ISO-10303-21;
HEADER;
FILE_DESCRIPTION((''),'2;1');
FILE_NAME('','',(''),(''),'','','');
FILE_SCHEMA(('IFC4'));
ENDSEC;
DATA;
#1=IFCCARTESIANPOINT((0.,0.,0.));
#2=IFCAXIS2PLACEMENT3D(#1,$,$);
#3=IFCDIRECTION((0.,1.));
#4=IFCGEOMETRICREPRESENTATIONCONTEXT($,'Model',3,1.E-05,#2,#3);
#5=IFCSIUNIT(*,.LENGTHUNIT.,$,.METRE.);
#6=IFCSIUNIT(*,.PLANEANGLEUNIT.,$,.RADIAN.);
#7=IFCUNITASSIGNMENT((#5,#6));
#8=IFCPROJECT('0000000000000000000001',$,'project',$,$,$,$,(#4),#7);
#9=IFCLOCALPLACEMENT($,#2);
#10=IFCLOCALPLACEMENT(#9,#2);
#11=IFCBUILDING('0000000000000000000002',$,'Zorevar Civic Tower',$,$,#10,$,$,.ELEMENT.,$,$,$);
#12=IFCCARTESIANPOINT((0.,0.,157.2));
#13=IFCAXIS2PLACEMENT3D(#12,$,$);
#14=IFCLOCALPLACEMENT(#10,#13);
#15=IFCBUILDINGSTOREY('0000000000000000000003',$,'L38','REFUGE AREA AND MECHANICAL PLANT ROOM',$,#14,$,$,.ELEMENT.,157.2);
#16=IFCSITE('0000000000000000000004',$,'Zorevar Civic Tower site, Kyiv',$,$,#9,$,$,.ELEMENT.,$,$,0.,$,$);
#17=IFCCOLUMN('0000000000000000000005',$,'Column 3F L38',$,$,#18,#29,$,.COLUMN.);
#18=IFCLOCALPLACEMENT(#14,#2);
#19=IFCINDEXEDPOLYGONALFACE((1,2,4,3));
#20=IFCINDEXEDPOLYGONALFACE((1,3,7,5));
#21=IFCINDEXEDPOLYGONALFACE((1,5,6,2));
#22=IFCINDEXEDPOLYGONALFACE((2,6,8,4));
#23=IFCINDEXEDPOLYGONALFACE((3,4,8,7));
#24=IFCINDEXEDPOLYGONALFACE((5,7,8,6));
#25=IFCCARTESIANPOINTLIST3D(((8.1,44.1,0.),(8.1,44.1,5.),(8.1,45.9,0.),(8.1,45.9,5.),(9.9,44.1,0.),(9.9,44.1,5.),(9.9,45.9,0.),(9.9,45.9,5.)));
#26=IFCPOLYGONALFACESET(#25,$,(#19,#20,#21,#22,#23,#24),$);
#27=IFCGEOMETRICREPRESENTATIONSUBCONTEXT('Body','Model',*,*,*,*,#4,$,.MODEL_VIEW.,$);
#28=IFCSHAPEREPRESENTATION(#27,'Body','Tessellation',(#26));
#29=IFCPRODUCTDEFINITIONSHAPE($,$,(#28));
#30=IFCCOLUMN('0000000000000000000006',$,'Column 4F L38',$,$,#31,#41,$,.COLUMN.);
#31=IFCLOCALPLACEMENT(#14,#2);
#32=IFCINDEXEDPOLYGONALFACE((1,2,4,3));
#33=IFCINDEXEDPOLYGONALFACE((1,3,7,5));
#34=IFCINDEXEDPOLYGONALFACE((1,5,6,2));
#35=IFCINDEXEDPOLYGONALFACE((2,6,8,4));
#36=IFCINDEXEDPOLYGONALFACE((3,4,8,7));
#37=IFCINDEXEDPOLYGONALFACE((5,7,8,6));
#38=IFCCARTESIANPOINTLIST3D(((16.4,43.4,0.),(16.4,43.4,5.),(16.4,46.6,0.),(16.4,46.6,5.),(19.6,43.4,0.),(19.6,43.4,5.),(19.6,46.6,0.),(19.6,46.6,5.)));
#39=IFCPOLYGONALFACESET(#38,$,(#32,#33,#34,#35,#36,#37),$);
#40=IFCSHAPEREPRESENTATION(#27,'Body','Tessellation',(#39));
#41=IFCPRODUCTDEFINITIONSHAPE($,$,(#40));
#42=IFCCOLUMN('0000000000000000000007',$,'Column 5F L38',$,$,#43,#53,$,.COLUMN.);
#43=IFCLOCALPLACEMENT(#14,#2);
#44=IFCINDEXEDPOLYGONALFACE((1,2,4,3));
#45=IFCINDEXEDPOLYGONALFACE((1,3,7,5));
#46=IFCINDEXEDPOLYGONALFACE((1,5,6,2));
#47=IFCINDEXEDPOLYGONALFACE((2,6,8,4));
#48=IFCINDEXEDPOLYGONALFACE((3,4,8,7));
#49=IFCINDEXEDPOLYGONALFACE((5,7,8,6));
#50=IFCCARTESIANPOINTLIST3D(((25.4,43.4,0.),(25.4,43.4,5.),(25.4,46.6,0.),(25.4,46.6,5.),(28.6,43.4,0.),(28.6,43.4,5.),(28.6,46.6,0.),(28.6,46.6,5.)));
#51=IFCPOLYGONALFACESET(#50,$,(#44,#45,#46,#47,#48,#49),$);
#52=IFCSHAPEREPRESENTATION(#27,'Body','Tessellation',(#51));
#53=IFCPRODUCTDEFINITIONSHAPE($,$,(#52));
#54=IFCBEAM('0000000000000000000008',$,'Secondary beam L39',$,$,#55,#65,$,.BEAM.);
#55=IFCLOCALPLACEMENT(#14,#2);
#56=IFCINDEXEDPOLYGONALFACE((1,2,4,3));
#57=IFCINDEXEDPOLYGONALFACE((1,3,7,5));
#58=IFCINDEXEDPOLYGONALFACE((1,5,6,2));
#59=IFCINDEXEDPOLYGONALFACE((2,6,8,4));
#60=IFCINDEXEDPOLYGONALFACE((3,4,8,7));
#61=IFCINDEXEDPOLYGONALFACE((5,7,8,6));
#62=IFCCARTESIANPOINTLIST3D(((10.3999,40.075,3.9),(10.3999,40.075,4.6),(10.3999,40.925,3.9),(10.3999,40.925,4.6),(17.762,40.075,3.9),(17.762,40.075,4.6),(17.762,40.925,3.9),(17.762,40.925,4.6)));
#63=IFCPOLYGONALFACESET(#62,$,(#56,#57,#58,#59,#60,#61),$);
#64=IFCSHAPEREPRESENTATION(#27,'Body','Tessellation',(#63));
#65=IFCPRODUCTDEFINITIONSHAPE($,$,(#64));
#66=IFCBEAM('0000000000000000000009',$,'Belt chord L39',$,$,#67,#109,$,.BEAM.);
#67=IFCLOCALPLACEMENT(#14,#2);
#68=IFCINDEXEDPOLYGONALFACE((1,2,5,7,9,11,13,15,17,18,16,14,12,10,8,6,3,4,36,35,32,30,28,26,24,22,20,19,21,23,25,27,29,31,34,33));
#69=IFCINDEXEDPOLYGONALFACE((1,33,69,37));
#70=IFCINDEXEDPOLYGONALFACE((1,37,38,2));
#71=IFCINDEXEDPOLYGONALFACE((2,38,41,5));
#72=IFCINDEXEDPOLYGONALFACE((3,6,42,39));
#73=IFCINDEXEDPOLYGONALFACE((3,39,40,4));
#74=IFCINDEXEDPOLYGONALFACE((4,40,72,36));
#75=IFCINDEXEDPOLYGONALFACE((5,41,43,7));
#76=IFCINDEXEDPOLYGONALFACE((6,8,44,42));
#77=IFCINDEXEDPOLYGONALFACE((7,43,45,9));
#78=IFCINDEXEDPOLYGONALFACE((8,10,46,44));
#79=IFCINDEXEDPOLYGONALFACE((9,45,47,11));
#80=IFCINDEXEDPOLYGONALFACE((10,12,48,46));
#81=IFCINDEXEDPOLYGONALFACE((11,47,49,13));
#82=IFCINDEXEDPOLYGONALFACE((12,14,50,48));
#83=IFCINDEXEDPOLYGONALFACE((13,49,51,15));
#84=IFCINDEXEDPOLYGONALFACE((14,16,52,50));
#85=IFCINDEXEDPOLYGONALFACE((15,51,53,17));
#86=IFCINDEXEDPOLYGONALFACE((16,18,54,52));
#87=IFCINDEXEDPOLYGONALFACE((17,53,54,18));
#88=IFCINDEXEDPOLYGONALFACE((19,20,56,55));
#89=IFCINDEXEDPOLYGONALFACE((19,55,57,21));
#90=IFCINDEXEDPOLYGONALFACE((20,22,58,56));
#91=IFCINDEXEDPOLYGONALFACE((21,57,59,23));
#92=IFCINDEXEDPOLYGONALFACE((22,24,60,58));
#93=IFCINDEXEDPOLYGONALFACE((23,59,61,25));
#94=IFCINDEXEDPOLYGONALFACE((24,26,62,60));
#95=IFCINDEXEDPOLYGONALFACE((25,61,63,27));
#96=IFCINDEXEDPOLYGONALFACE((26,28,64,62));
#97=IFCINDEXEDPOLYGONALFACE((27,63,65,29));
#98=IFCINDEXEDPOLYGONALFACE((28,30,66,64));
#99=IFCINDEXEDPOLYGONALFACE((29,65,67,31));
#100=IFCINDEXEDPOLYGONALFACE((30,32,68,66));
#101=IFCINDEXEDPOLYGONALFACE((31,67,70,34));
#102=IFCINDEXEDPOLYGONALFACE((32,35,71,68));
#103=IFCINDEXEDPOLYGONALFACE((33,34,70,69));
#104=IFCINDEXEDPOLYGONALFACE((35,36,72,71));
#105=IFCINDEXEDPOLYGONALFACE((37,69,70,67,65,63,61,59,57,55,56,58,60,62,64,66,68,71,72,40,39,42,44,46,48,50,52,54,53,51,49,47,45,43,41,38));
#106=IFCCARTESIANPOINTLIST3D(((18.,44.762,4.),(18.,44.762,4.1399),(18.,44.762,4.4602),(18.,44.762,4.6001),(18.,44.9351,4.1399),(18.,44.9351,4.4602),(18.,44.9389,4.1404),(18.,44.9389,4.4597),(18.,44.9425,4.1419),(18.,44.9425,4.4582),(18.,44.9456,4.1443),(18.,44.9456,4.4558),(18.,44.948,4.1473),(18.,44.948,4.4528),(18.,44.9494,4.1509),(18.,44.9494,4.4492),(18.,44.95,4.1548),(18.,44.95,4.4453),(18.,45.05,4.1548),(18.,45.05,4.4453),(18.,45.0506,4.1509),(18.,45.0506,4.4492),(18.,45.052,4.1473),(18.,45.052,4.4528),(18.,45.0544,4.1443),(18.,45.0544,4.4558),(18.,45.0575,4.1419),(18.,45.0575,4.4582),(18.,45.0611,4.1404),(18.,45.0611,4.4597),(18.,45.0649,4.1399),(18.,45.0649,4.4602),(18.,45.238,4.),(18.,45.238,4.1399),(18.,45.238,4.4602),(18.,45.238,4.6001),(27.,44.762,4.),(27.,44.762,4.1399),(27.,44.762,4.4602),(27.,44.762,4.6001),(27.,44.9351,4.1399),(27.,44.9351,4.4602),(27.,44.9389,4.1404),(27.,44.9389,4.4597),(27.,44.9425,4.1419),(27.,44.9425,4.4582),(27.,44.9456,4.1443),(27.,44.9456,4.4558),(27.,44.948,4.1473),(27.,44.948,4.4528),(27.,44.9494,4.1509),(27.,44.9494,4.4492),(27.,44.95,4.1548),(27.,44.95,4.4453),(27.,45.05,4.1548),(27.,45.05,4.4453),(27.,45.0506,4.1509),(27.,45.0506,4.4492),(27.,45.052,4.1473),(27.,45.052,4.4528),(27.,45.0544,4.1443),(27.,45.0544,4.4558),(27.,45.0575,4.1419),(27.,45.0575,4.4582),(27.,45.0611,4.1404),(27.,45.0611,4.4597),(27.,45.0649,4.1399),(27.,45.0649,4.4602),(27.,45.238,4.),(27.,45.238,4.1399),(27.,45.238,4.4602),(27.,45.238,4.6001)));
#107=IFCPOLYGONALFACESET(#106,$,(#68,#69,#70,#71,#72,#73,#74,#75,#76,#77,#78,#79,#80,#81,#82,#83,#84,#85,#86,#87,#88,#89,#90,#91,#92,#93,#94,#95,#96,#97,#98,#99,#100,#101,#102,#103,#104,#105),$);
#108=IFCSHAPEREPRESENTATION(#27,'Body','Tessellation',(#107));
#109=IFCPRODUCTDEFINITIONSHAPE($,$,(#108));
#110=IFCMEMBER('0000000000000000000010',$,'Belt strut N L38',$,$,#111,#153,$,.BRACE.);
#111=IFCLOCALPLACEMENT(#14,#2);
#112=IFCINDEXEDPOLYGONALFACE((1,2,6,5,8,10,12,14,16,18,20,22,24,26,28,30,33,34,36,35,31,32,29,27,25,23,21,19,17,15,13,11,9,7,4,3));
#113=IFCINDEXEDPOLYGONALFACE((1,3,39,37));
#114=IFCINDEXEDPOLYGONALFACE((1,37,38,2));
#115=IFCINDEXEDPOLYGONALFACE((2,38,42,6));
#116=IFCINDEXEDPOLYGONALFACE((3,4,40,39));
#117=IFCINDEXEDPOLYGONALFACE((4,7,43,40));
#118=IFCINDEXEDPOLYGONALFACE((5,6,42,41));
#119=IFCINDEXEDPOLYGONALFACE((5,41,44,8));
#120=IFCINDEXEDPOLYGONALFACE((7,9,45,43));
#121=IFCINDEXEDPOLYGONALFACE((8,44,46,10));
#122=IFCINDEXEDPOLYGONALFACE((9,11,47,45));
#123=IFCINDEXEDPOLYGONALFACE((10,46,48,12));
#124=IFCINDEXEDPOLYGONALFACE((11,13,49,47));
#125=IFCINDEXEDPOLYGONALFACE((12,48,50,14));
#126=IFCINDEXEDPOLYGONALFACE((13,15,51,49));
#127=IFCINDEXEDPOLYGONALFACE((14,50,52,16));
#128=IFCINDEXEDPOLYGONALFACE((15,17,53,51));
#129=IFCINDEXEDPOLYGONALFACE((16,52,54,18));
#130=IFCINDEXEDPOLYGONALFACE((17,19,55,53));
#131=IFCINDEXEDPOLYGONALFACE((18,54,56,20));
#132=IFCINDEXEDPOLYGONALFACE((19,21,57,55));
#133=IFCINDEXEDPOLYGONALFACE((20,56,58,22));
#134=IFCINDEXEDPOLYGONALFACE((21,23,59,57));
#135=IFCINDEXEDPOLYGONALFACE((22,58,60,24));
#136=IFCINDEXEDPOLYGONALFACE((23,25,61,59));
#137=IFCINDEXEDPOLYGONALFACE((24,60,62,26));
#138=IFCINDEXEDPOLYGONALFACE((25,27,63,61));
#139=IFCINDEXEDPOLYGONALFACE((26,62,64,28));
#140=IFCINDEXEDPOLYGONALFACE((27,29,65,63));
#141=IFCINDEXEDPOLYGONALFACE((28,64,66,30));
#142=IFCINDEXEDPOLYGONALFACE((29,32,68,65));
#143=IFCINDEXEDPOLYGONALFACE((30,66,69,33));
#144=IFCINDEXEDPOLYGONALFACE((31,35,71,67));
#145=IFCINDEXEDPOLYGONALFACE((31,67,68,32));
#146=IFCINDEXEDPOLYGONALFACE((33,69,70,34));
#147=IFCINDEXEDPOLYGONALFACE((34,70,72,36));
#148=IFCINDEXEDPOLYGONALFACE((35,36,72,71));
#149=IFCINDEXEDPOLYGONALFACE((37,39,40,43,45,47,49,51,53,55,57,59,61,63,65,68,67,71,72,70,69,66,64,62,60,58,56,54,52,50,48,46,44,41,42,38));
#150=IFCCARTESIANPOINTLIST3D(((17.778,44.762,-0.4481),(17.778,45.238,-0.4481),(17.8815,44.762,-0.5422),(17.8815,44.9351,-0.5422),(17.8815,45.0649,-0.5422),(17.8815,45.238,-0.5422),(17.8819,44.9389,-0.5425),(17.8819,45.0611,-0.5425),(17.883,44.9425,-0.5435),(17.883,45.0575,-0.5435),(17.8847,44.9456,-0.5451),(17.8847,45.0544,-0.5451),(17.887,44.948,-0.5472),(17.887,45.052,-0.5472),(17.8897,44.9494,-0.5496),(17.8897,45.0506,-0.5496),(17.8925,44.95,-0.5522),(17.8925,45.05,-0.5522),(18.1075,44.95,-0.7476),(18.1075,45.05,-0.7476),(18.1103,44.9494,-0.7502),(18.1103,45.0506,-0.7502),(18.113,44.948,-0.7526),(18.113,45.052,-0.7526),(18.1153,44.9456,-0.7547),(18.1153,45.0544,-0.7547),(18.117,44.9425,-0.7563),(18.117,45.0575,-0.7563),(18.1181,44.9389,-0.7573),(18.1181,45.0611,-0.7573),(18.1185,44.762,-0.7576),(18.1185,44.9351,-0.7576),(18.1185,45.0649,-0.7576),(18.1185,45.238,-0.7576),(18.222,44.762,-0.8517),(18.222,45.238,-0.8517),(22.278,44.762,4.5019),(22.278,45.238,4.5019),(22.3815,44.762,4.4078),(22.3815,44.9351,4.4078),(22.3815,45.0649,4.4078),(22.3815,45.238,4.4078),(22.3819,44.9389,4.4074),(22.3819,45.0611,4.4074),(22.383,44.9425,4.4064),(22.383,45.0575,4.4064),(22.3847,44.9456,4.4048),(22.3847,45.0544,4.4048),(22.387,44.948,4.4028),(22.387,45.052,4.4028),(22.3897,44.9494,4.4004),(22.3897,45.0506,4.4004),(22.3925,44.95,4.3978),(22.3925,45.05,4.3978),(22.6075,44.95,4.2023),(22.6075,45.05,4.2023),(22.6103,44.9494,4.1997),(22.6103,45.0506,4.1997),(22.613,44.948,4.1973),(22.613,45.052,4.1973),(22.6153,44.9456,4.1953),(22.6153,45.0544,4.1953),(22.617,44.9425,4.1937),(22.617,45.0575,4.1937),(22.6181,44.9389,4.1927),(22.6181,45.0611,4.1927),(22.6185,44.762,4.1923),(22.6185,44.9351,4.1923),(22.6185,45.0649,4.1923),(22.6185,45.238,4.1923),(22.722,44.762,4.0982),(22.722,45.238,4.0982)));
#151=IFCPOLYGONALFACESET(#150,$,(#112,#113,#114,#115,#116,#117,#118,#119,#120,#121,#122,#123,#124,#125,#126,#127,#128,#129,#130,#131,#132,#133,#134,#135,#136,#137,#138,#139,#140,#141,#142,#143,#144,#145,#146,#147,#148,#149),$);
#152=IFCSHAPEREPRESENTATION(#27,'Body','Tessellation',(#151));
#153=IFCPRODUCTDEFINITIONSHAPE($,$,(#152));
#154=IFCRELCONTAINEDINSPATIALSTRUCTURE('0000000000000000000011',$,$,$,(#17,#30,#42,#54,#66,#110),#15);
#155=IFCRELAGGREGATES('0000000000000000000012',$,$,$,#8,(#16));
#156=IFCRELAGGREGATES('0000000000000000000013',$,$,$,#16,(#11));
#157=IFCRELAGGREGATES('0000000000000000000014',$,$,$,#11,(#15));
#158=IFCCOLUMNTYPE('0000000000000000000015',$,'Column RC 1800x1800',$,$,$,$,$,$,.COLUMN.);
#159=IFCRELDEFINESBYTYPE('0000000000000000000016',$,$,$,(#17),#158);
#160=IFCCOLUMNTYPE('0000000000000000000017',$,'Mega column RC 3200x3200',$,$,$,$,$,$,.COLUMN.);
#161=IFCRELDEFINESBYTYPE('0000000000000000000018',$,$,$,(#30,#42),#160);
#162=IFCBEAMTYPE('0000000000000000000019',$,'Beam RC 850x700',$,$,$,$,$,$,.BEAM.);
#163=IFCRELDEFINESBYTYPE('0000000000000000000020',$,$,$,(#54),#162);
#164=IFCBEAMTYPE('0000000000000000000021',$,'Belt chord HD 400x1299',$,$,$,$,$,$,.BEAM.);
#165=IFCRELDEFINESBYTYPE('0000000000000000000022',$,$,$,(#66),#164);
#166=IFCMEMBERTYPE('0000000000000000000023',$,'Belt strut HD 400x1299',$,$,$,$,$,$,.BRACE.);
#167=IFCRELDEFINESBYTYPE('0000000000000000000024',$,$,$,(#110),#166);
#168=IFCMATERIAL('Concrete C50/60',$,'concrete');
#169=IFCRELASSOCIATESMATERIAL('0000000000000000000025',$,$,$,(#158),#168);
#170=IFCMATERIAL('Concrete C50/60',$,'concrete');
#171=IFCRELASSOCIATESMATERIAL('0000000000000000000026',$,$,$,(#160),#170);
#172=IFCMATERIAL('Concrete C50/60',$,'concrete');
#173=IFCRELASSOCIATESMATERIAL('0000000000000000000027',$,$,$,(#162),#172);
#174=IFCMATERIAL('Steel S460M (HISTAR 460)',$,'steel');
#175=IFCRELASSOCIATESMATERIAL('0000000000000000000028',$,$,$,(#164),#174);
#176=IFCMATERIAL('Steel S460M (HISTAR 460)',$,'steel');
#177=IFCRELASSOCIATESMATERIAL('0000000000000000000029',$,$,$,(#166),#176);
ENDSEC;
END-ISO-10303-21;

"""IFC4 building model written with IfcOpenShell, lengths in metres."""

from ifc_helpers import new_model, si_unit, direction, frame, origin, origin_2d, place, context, subcontext, project, spatial, rectangle, i_section, extrude, material, material_profile, profile_set, type_object, element, save


model = new_model("IFC4")

# Units and contexts
model_context = context("Model", 3, precision=1e-05, world=origin(), true_north=direction((0.0, 1.0)))
body_context = subcontext(model_context, "Body", "Model", "MODEL_VIEW")
ifc_project = project(units=[si_unit("LENGTHUNIT", "METRE"), si_unit("PLANEANGLEUNIT", "RADIAN")], contexts=[model_context])

# Site, building, storey
site_placement = place(None, origin())
site = spatial("IfcSite", under=ifc_project, at=site_placement, Name="Zorevar Civic Tower site, Kyiv", CompositionType="ELEMENT", RefElevation=0.0)
building_placement = place(site_placement, origin())
building = spatial("IfcBuilding", under=site, at=building_placement, Name="Zorevar Civic Tower", CompositionType="ELEMENT")
storey_placement = place(building_placement, frame((0.0, 0.0, 157.2)))
storey = spatial("IfcBuildingStorey", under=building, at=storey_placement, Name="L38", Description="REFUGE AREA AND MECHANICAL PLANT ROOM", CompositionType="ELEMENT", Elevation=157.2)

# Columns
ifc_material_1 = material(Name="Concrete C50/60", Category="concrete")
ifc_material_profile_1 = material_profile(ifc_material_1, rectangle(XDim=1.8, YDim=1.8, at=origin_2d()), Name="RC 1800x1800")
ifc_profile_set_1 = profile_set([ifc_material_profile_1], Name="Concrete C50/60")
column_type_1 = type_object("IfcColumnType", Name="Column RC 1800x1800", PredefinedType="COLUMN", material=ifc_profile_set_1)
column_placement = place(storey_placement, frame((9.0, 45.0, 0.0), z_axis=(0.0, 0.0, 1.0), x_axis=(1.0, 0.0, 0.0)))
element("IfcColumn", 1, at=column_placement, inside=storey, type_object=column_type_1, Name="Column 3F L38", PredefinedType="COLUMN", context=body_context, shape_type="SweptSolid", body=[
    extrude(rectangle(XDim=1.8, YDim=1.8, at=origin_2d()), origin(), (0.0, 0.0, 1.0), 5.0),
])
ifc_material_2 = material(Name="Concrete C50/60", Category="concrete")
ifc_material_profile_2 = material_profile(ifc_material_2, rectangle(XDim=3.2, YDim=3.2, at=origin_2d()), Name="RC 3200x3200")
ifc_profile_set_2 = profile_set([ifc_material_profile_2], Name="Concrete C50/60")
column_type_2 = type_object("IfcColumnType", Name="Mega column RC 3200x3200", PredefinedType="COLUMN", material=ifc_profile_set_2)
for number, where, z_axis, x_axis, name in (
    (2, (18.0, 45.0, 0.0), (0.0, 0.0, 1.0), (1.0, 0.0, 0.0), "Column 4F L38"),
    (3, (27.0, 45.0, 0.0), (0.0, 0.0, 1.0), (1.0, 0.0, 0.0), "Column 5F L38"),
):
    element("IfcColumn", number, at=place(storey_placement, frame(where, z_axis=z_axis, x_axis=x_axis)), inside=storey, type_object=column_type_2, Name=name, PredefinedType="COLUMN", context=body_context, shape_type="SweptSolid", body=[
        extrude(rectangle(XDim=3.2, YDim=3.2, at=origin_2d()), origin(), (0.0, 0.0, 1.0), 5.0),
    ])

# Beams
ifc_material_3 = material(Name="Concrete C50/60", Category="concrete")
ifc_material_profile_3 = material_profile(ifc_material_3, rectangle(XDim=0.8501, YDim=0.7, at=origin_2d()), Name="RC 850x700")
ifc_profile_set_3 = profile_set([ifc_material_profile_3], Name="Concrete C50/60")
beam_type_1 = type_object("IfcBeamType", Name="Beam RC 850x700", PredefinedType="BEAM", material=ifc_profile_set_3)
beam_1_placement = place(storey_placement, frame((10.3999, 40.5, 4.25), z_axis=(1.0, 0.0, 0.0), x_axis=(0.0, 1.0, 0.0)))
element("IfcBeam", 4, at=beam_1_placement, inside=storey, type_object=beam_type_1, Name="Secondary beam L39", PredefinedType="BEAM", context=body_context, shape_type="SweptSolid", body=[
    extrude(rectangle(XDim=0.8501, YDim=0.7, at=origin_2d()), origin(), (0.0, 0.0, 1.0), 7.3621),
])
ifc_material_4 = material(Name="Steel S460M (HISTAR 460)", Category="steel")
ifc_material_profile_4 = material_profile(ifc_material_4, i_section(OverallWidth=0.4761, OverallDepth=0.6001, WebThickness=0.1001, FlangeThickness=0.1399, FilletRadius=0.0149, at=origin_2d()), Name="HD 400x1299")
ifc_profile_set_4 = profile_set([ifc_material_profile_4], Name="Steel S460M (HISTAR 460)")
beam_type_2 = type_object("IfcBeamType", Name="Belt chord HD 400x1299", PredefinedType="BEAM", material=ifc_profile_set_4)
beam_2_placement = place(storey_placement, frame((18.0, 45.0, 4.3), z_axis=(1.0, 0.0, 0.0), x_axis=(0.0, 1.0, 0.0)))
element("IfcBeam", 5, at=beam_2_placement, inside=storey, type_object=beam_type_2, Name="Belt chord L39", PredefinedType="BEAM", context=body_context, shape_type="SweptSolid", body=[
    extrude(i_section(OverallWidth=0.4761, OverallDepth=0.6001, WebThickness=0.1001, FlangeThickness=0.1399, FilletRadius=0.0149, at=origin_2d()), origin(), (0.0, 0.0, 1.0), 9.0),
])

# Member
ifc_material_5 = material(Name="Steel S460M (HISTAR 460)", Category="steel")
ifc_material_profile_5 = material_profile(ifc_material_5, i_section(OverallWidth=0.4761, OverallDepth=0.6001, WebThickness=0.1001, FlangeThickness=0.1399, FilletRadius=0.0149, at=origin_2d()), Name="HD 400x1299")
ifc_profile_set_5 = profile_set([ifc_material_profile_5], Name="Steel S460M (HISTAR 460)")
member_type_1 = type_object("IfcMemberType", Name="Belt strut HD 400x1299", PredefinedType="BRACE", material=ifc_profile_set_5)
for number, where, z_axis, x_axis, name in (
    (6, (18.0, 45.0, -0.6499), (0.672676, 0.0, 0.739937), (0.0, 1.0, 0.0), "Belt strut N L38"),
):
    element("IfcMember", number, at=place(storey_placement, frame(where, z_axis=z_axis, x_axis=x_axis)), inside=storey, type_object=member_type_1, Name=name, PredefinedType="BRACE", context=body_context, shape_type="SweptSolid", body=[
        extrude(i_section(OverallWidth=0.4761, OverallDepth=0.6001, WebThickness=0.1001, FlangeThickness=0.1399, FilletRadius=0.0149, at=origin_2d()), origin(), (0.0, 0.0, 1.0), 6.6897),
    ])

save(model, "model.ifc")
